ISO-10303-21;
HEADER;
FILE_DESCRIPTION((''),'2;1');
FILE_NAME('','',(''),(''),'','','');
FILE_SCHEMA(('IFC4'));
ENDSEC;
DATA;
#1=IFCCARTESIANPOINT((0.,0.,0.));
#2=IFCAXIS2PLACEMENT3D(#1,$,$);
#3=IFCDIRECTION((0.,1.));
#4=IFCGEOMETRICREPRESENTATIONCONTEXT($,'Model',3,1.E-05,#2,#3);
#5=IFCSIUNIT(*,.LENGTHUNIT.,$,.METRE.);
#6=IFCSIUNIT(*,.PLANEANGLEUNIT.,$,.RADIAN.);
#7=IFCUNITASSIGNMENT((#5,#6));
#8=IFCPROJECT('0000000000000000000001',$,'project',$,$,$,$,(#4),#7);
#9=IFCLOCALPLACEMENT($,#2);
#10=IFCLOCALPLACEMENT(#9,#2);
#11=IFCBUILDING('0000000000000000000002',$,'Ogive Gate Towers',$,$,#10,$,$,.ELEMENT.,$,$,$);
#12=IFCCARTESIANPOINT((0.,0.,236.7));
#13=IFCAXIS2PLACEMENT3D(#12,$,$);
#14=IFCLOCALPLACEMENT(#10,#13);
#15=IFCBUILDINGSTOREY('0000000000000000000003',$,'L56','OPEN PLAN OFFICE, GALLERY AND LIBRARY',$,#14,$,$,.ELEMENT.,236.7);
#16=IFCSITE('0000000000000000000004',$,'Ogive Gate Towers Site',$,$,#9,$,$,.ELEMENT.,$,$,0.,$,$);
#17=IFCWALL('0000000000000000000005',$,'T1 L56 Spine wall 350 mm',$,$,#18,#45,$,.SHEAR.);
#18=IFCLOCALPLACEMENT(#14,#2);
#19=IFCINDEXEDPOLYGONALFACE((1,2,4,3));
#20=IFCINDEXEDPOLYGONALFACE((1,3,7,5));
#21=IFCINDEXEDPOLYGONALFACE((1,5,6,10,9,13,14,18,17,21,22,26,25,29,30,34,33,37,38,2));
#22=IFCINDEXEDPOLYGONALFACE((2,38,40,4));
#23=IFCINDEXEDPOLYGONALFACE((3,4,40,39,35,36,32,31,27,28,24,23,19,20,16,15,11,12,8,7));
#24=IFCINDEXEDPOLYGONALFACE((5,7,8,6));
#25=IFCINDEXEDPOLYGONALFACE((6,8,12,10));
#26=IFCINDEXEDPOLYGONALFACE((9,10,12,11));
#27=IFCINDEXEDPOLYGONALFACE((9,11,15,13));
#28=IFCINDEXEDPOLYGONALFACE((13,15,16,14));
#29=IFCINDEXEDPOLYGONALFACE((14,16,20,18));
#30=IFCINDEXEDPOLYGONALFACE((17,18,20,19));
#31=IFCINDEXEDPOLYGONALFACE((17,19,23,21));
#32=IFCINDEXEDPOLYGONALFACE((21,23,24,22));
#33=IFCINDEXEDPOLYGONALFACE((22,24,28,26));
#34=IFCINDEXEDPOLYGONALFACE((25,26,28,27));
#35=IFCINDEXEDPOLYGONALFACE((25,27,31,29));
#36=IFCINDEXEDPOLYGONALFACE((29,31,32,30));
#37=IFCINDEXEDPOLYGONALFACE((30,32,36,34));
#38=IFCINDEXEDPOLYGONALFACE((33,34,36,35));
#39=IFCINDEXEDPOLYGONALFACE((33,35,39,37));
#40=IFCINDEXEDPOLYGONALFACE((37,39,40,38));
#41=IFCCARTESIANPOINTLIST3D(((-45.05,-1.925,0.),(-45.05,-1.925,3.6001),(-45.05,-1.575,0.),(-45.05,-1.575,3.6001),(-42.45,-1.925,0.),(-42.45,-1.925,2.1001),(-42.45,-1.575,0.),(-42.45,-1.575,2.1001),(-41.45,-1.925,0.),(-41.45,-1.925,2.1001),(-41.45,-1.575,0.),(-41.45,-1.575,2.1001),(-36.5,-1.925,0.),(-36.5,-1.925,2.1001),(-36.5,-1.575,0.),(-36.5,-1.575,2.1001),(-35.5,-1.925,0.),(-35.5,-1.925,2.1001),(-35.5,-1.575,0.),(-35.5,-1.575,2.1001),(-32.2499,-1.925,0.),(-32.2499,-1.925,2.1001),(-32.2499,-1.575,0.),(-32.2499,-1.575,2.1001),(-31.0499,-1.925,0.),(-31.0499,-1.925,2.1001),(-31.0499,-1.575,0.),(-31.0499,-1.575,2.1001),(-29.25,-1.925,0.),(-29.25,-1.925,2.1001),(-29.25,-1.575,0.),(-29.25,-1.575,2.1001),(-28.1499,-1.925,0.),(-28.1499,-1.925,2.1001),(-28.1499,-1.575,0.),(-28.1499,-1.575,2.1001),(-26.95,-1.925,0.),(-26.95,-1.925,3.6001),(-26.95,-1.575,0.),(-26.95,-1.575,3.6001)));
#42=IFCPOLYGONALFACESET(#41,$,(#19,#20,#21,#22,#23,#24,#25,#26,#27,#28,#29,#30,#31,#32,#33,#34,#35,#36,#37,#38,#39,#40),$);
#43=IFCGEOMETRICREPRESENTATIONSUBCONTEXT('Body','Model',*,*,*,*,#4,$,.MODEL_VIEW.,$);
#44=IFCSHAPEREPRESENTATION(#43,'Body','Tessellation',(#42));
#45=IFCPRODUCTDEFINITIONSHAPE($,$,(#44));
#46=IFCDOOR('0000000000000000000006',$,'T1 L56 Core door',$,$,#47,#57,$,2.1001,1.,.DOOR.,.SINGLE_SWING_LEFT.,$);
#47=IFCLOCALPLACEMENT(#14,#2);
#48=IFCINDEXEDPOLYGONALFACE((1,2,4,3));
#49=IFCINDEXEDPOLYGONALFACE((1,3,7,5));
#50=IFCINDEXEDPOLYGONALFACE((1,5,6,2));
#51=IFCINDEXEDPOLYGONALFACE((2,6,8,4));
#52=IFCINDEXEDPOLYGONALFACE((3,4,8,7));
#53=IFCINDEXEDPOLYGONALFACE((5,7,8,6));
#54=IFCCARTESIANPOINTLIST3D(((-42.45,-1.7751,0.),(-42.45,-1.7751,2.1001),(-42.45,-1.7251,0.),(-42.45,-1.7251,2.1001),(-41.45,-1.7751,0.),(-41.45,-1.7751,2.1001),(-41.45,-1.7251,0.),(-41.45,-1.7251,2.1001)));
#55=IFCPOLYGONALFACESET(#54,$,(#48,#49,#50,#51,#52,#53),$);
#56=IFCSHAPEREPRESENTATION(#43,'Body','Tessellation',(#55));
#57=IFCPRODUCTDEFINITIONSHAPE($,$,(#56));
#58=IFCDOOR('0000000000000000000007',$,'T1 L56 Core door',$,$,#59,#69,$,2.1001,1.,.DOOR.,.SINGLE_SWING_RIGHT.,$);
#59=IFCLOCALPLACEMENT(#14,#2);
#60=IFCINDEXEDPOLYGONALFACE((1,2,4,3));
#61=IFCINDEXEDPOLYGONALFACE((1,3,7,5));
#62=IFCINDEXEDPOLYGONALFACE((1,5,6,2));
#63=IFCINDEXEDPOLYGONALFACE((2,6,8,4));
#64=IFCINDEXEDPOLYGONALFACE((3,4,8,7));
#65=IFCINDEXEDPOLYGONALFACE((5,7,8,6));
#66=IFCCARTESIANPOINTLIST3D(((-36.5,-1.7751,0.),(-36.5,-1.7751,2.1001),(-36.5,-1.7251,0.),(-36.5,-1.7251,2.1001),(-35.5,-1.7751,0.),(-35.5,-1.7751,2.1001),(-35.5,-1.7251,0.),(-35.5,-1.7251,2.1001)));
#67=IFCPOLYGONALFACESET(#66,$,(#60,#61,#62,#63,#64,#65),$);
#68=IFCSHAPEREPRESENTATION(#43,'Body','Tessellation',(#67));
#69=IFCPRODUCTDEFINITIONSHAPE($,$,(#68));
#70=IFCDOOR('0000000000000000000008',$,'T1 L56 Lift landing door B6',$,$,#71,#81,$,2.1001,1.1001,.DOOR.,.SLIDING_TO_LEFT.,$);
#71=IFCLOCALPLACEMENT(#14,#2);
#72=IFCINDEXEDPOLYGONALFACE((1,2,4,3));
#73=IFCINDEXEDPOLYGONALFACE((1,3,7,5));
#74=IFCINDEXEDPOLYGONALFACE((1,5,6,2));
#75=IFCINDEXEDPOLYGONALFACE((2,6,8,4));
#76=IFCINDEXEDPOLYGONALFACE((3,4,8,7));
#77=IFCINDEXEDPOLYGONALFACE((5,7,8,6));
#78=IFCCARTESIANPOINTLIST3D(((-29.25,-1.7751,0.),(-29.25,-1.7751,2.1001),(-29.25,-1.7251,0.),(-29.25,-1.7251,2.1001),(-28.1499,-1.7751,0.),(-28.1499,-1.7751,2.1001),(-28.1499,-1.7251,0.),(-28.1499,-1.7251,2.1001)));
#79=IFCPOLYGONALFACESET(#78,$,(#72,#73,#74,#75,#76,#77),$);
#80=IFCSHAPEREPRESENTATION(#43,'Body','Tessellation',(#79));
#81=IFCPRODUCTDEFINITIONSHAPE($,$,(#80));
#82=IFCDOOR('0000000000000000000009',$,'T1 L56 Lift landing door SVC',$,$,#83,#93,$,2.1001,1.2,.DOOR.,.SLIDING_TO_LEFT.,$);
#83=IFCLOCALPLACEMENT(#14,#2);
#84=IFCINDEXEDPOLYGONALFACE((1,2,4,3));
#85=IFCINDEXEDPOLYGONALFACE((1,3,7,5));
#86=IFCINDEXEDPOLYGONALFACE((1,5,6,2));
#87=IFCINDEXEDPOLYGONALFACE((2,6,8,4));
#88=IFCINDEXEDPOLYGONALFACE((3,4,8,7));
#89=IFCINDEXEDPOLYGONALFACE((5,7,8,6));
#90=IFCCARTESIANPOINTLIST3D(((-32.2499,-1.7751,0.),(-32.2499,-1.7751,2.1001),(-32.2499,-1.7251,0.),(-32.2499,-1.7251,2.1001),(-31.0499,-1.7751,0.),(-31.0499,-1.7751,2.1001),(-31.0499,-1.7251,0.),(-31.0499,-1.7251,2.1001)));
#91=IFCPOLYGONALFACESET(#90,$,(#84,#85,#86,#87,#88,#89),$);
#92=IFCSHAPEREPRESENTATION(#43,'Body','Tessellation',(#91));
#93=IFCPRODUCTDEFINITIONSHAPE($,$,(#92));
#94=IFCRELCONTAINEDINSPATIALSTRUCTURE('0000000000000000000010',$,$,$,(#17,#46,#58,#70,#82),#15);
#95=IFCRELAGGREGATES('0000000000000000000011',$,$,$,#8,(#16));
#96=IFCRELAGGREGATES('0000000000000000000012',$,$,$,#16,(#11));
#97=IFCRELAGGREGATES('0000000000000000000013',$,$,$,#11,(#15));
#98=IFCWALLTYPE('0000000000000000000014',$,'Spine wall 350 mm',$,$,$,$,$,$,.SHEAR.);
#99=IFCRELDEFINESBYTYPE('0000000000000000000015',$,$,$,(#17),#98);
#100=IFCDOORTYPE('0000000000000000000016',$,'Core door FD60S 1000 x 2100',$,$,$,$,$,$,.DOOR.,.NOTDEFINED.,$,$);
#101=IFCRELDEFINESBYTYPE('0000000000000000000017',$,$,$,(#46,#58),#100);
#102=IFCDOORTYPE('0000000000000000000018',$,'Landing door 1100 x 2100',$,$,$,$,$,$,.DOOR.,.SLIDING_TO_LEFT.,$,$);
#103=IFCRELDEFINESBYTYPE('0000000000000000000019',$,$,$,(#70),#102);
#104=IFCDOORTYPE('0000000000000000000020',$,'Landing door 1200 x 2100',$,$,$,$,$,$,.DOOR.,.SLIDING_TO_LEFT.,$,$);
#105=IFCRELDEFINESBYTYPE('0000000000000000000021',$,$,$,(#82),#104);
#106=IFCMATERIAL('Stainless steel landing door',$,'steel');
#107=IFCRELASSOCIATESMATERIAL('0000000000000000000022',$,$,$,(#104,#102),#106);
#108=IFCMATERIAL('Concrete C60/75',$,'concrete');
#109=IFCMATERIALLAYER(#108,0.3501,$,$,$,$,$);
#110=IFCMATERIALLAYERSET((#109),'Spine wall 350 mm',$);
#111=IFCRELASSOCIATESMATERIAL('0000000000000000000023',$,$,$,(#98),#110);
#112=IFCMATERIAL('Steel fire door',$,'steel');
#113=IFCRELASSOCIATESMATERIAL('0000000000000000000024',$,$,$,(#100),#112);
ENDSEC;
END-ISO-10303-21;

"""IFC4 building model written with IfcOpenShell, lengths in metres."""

from ifc_helpers import new_model, si_unit, direction, frame, frame_2d, origin, place, context, subcontext, project, spatial, rectangle, extrude, material, layer, layer_set, type_object, element, fill, save


model = new_model("IFC4")

# Units and contexts
model_context = context("Model", 3, precision=1e-05, world=origin(), true_north=direction((0.0, 1.0)))
body_context = subcontext(model_context, "Body", "Model", "MODEL_VIEW")
ifc_project = project(units=[si_unit("LENGTHUNIT", "METRE"), si_unit("PLANEANGLEUNIT", "RADIAN")], contexts=[model_context])

# Site, building, storey
site_placement = place(None, origin())
site = spatial("IfcSite", under=ifc_project, at=site_placement, Name="Ogive Gate Towers Site", CompositionType="ELEMENT", RefElevation=0.0)
building_placement = place(site_placement, origin())
building = spatial("IfcBuilding", under=site, at=building_placement, Name="Ogive Gate Towers", CompositionType="ELEMENT")
storey_placement = place(building_placement, frame((0.0, 0.0, 236.7)))
storey = spatial("IfcBuildingStorey", under=building, at=storey_placement, Name="L56", Description="OPEN PLAN OFFICE, GALLERY AND LIBRARY", CompositionType="ELEMENT", Elevation=236.7)

# Shared definitions
ifc_material_1 = material(Name="Concrete C60/75", Category="concrete")
ifc_material_2 = material(Name="Steel fire door", Category="steel")

# Shared definitions
ifc_material_3 = material(Name="Stainless steel landing door", Category="steel")
door_type_1 = type_object("IfcDoorType", Name="Landing door 1200 x 2100", OperationType="SLIDING_TO_LEFT", PredefinedType="DOOR", material=ifc_material_3)

# Wall, openings, doors
ifc_layer_1 = layer(ifc_material_1, 0.3501)
ifc_layer_set_1 = layer_set([ifc_layer_1], Name="Spine wall 350 mm")
wall_type_1 = type_object("IfcWallType", Name="Spine wall 350 mm", PredefinedType="SHEAR", material=ifc_layer_set_1)
wall_1_placement = place(storey_placement, frame((-45.05, -1.75, 0.0), z_axis=(0.0, 0.0, 1.0), x_axis=(1.0, 0.0, 0.0)))
wall_1 = element("IfcWall", 1, at=wall_1_placement, inside=storey, type_object=wall_type_1, Name="T1 L56 Spine wall 350 mm", PredefinedType="SHEAR", context=body_context, shape_type="SweptSolid", body=[
    extrude(rectangle(XDim=18.1001, YDim=0.3501, at=frame_2d((9.05, 0.0))), origin(), (0.0, 0.0, 1.0), 3.6001),
])
opening_1_placement = place(wall_1_placement, frame((12.8, 0.0, 0.0)))
opening_1 = element("IfcOpeningElement", 2, at=opening_1_placement, cuts=wall_1, PredefinedType="OPENING", context=body_context, shape_type="SweptSolid", body=[
    extrude(rectangle(XDim=1.2, YDim=2.1001, at=frame_2d((0.6001, 1.05))), frame((0.0, 0.1851, 0.0), z_axis=(0.0, -1.0, 0.0), x_axis=(1.0, 0.0, 0.0)), (0.0, 0.0, 1.0), 0.3701),
])
opening_2_placement = place(wall_1_placement, frame((15.8, 0.0, 0.0)))
opening_2 = element("IfcOpeningElement", 3, at=opening_2_placement, cuts=wall_1, PredefinedType="OPENING", context=body_context, shape_type="SweptSolid", body=[
    extrude(rectangle(XDim=1.1001, YDim=2.1001, at=frame_2d((0.55, 1.05))), frame((0.0, 0.1851, 0.0), z_axis=(0.0, -1.0, 0.0), x_axis=(1.0, 0.0, 0.0)), (0.0, 0.0, 1.0), 0.3701),
])
opening_3_placement = place(wall_1_placement, frame((2.6001, 0.0, 0.0)))
opening_3 = element("IfcOpeningElement", 4, at=opening_3_placement, cuts=wall_1, PredefinedType="OPENING", context=body_context, shape_type="SweptSolid", body=[
    extrude(rectangle(XDim=1.0, YDim=2.1001, at=frame_2d((0.5, 1.05))), frame((0.0, 0.1851, 0.0), z_axis=(0.0, -1.0, 0.0), x_axis=(1.0, 0.0, 0.0)), (0.0, 0.0, 1.0), 0.3701),
])
opening_4_placement = place(wall_1_placement, frame((8.55, 0.0, 0.0)))
opening_4 = element("IfcOpeningElement", 5, at=opening_4_placement, cuts=wall_1, PredefinedType="OPENING", context=body_context, shape_type="SweptSolid", body=[
    extrude(rectangle(XDim=1.0, YDim=2.1001, at=frame_2d((0.5, 1.05))), frame((0.0, 0.1851, 0.0), z_axis=(0.0, -1.0, 0.0), x_axis=(1.0, 0.0, 0.0)), (0.0, 0.0, 1.0), 0.3701),
])
door_type_2 = type_object("IfcDoorType", Name="Core door FD60S 1000 x 2100", OperationType="NOTDEFINED", PredefinedType="DOOR", material=ifc_material_2)
door_1_placement = place(opening_3_placement, origin())
door_1 = element("IfcDoor", 6, at=door_1_placement, inside=storey, type_object=door_type_2, Name="T1 L56 Core door", OperationType="SINGLE_SWING_LEFT", OverallHeight=2.1001, OverallWidth=1.0, PredefinedType="DOOR", context=body_context, shape_type="SweptSolid", body=[
    extrude(rectangle(XDim=1.0, YDim=2.1001, at=frame_2d((0.5, 1.05))), frame((0.0, 0.0249, 0.0), z_axis=(0.0, -1.0, 0.0), x_axis=(1.0, 0.0, 0.0)), (0.0, 0.0, 1.0), 0.05),
])
fill(opening_3, door_1)
door_2_placement = place(opening_4_placement, origin())
door_2 = element("IfcDoor", 7, at=door_2_placement, inside=storey, type_object=door_type_2, Name="T1 L56 Core door", OperationType="SINGLE_SWING_RIGHT", OverallHeight=2.1001, OverallWidth=1.0, PredefinedType="DOOR", context=body_context, shape_type="SweptSolid", body=[
    extrude(rectangle(XDim=1.0, YDim=2.1001, at=frame_2d((0.5, 1.05))), frame((0.0, 0.0249, 0.0), z_axis=(0.0, -1.0, 0.0), x_axis=(1.0, 0.0, 0.0)), (0.0, 0.0, 1.0), 0.05),
])
fill(opening_4, door_2)
door_type_3 = type_object("IfcDoorType", Name="Landing door 1100 x 2100", OperationType="SLIDING_TO_LEFT", PredefinedType="DOOR", material=ifc_material_3)
door_3_placement = place(opening_2_placement, origin())
door_3 = element("IfcDoor", 8, at=door_3_placement, inside=storey, type_object=door_type_3, Name="T1 L56 Lift landing door B6", OperationType="SLIDING_TO_LEFT", OverallHeight=2.1001, OverallWidth=1.1001, PredefinedType="DOOR", context=body_context, shape_type="SweptSolid", body=[
    extrude(rectangle(XDim=1.1001, YDim=2.1001, at=frame_2d((0.55, 1.05))), frame((0.0, 0.0249, 0.0), z_axis=(0.0, -1.0, 0.0), x_axis=(1.0, 0.0, 0.0)), (0.0, 0.0, 1.0), 0.05),
])
fill(opening_2, door_3)
door_4_placement = place(opening_1_placement, origin())
door_4 = element("IfcDoor", 9, at=door_4_placement, inside=storey, type_object=door_type_1, Name="T1 L56 Lift landing door SVC", OperationType="SLIDING_TO_LEFT", OverallHeight=2.1001, OverallWidth=1.2, PredefinedType="DOOR", context=body_context, shape_type="SweptSolid", body=[
    extrude(rectangle(XDim=1.2, YDim=2.1001, at=frame_2d((0.6001, 1.05))), frame((0.0, 0.0249, 0.0), z_axis=(0.0, -1.0, 0.0), x_axis=(1.0, 0.0, 0.0)), (0.0, 0.0, 1.0), 0.05),
])
fill(opening_1, door_4)

save(model, "model.ifc")
